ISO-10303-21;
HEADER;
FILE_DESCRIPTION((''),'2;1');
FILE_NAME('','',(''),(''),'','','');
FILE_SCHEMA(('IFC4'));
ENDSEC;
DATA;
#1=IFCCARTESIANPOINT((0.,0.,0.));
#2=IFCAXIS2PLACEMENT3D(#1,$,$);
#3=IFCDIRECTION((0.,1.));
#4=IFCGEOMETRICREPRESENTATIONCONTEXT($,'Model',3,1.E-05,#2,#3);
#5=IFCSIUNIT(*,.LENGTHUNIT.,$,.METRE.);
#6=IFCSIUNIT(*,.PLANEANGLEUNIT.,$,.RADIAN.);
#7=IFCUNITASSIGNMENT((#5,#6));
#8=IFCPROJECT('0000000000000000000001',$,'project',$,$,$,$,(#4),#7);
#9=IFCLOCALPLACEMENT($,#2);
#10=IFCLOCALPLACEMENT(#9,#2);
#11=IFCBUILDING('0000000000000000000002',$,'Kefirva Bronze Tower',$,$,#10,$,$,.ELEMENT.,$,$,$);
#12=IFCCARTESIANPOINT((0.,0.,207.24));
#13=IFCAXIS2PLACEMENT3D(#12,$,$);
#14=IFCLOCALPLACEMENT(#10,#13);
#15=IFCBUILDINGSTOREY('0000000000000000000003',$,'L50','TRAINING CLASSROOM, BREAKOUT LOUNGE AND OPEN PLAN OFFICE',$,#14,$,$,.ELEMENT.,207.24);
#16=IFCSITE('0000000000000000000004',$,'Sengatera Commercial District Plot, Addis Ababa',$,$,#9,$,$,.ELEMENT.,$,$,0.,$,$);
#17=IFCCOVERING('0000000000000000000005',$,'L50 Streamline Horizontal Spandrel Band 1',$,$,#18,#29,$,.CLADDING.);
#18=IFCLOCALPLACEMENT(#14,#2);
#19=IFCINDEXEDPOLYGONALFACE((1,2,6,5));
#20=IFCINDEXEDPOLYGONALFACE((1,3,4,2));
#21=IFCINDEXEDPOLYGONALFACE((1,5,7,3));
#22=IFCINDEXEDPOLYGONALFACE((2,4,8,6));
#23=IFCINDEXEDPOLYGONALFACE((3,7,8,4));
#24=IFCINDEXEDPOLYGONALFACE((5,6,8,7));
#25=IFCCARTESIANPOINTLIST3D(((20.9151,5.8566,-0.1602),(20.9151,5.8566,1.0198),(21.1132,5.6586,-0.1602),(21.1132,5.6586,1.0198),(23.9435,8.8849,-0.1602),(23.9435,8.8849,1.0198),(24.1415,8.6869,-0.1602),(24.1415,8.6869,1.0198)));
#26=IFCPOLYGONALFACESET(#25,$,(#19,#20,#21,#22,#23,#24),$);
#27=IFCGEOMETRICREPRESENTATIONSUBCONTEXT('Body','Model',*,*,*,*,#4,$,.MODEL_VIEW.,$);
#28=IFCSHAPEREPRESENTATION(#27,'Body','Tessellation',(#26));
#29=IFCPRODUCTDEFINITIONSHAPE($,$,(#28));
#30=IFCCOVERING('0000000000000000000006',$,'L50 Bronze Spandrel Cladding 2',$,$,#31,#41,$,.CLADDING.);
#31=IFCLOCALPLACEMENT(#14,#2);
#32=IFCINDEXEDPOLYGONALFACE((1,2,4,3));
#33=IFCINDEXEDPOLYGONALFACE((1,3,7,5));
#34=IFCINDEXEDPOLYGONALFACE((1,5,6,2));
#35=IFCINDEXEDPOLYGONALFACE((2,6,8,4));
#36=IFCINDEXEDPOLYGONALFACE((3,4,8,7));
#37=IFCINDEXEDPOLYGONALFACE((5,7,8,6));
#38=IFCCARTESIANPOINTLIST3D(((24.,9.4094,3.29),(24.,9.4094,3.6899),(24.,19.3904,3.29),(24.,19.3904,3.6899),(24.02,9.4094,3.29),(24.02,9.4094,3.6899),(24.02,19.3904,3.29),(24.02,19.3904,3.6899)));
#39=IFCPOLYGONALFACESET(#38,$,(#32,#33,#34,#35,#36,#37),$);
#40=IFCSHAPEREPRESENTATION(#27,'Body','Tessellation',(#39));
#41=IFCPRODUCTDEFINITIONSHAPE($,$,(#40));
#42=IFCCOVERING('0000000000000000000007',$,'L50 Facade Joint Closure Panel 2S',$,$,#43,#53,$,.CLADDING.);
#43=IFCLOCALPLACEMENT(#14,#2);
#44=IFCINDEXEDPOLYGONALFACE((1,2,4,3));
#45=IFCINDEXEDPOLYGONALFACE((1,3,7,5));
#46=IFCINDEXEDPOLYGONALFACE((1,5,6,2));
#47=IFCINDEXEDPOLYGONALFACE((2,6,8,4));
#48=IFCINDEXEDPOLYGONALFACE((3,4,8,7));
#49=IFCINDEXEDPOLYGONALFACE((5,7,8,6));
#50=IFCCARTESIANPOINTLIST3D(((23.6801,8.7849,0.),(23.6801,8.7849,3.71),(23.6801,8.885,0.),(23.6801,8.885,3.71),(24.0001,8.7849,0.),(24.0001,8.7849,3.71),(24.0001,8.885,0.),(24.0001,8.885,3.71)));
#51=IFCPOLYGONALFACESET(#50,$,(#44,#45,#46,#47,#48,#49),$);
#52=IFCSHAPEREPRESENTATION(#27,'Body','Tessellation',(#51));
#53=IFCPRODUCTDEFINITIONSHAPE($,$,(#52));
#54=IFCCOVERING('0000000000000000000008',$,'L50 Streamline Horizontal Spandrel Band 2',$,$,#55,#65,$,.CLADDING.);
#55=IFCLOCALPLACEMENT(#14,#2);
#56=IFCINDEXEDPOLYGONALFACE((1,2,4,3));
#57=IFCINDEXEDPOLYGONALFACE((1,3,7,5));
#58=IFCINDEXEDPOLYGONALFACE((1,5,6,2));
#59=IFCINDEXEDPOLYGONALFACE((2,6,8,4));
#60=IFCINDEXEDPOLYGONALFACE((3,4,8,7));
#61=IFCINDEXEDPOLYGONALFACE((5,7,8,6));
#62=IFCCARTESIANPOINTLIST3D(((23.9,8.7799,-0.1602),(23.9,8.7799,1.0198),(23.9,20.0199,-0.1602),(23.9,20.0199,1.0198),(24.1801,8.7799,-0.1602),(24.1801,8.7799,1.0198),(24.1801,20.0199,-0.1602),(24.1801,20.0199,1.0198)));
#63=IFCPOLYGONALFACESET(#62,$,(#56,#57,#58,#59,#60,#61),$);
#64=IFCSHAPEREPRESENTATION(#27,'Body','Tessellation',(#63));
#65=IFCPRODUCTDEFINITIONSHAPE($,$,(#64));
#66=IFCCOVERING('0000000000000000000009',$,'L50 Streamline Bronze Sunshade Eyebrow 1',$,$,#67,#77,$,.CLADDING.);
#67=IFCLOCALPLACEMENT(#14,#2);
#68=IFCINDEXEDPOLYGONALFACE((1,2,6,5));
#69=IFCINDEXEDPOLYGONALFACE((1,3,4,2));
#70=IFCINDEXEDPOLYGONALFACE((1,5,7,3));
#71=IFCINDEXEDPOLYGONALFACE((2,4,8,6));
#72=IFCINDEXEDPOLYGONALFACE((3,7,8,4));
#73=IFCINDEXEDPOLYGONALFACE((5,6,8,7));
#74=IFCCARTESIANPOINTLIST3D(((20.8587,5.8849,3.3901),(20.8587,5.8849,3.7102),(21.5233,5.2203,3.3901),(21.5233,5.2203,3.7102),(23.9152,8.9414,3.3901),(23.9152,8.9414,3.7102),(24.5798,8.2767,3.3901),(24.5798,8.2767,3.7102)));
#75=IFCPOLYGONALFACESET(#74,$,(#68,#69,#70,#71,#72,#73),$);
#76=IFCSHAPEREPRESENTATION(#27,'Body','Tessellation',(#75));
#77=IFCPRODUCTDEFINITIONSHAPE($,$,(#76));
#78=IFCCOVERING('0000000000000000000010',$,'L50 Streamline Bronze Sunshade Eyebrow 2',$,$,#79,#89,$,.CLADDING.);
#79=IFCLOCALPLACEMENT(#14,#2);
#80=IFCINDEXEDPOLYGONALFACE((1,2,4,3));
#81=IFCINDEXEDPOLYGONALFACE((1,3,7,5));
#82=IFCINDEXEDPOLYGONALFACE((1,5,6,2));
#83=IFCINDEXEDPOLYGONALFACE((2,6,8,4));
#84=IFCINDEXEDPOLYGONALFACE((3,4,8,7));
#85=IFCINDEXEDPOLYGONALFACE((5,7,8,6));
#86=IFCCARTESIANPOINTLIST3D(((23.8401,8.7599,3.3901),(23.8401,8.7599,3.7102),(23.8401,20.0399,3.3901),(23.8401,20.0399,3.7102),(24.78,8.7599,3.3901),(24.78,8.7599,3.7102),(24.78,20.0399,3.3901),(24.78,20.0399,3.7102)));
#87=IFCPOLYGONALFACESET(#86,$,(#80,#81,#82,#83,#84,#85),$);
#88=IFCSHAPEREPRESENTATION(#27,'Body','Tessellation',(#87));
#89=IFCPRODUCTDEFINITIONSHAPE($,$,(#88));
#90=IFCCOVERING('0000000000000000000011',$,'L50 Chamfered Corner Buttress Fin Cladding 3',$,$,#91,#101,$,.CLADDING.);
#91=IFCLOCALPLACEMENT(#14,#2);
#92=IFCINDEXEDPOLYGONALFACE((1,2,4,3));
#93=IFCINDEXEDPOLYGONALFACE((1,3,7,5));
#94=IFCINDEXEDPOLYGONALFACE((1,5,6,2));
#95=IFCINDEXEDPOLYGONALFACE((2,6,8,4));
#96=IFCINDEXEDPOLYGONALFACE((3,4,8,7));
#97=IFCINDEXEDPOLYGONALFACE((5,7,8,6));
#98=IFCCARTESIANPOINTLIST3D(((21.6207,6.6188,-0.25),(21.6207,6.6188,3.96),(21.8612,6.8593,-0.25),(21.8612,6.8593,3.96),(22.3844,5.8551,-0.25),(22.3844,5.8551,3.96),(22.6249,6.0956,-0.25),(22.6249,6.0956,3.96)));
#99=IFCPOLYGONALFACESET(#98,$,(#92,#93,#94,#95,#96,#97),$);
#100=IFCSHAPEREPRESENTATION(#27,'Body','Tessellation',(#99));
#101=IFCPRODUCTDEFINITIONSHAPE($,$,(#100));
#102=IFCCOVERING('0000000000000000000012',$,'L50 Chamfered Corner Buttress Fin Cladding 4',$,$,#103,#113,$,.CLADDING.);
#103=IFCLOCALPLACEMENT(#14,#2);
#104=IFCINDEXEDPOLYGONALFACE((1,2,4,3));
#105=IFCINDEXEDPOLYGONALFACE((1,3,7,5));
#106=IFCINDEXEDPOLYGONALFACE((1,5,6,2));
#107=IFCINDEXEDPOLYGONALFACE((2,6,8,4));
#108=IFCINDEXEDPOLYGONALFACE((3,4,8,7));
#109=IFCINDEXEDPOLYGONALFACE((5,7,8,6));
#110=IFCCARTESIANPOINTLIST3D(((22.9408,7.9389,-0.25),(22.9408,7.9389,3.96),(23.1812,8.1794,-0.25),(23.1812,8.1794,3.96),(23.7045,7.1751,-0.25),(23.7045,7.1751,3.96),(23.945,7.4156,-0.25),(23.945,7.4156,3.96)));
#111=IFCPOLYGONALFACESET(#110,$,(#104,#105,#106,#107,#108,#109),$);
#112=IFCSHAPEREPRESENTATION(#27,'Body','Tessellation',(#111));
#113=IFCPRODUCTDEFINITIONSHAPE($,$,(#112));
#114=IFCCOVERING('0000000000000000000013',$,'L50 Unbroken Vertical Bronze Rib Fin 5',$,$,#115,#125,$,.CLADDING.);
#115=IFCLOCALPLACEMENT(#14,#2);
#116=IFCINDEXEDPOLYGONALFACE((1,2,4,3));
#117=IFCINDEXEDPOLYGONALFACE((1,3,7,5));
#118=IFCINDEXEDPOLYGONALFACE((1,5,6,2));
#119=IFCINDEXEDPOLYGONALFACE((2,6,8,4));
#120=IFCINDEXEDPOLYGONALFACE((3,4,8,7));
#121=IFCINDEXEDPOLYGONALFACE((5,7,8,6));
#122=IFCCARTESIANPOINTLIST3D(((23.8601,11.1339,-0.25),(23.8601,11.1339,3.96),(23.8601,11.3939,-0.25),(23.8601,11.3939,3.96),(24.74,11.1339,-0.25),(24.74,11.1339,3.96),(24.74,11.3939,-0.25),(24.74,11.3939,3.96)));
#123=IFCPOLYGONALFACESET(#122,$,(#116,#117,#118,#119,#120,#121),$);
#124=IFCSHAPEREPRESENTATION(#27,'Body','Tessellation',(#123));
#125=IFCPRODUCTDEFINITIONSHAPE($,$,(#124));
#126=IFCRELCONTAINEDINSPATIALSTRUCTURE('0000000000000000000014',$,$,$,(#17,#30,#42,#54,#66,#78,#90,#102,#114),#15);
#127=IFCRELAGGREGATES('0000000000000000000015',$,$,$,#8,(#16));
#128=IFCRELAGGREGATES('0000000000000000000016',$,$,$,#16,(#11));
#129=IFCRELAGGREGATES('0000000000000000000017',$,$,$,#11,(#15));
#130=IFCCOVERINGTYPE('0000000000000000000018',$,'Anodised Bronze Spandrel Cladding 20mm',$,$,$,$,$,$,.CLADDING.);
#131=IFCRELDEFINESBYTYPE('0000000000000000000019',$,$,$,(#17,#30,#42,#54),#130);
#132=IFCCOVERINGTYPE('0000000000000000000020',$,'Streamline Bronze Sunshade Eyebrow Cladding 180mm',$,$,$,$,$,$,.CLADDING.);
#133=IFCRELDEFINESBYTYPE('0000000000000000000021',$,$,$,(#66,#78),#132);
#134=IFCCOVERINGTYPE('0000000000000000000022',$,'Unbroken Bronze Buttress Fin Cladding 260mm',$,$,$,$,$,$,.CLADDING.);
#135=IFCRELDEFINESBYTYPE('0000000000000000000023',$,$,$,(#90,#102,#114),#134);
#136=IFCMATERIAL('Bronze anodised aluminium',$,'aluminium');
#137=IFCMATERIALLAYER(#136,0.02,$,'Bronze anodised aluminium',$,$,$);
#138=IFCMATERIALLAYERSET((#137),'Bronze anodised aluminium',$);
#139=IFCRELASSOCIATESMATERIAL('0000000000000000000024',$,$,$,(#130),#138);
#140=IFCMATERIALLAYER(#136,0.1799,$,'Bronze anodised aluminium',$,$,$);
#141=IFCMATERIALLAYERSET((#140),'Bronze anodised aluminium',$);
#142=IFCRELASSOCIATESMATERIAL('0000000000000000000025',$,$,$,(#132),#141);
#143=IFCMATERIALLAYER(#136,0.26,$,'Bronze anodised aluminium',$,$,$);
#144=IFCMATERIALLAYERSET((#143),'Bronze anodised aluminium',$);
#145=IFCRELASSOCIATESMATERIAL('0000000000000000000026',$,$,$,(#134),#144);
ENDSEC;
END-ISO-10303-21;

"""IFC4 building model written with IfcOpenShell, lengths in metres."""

from ifc_helpers import new_model, si_unit, direction, frame, origin, origin_2d, place, context, subcontext, project, spatial, rectangle, extrude, material, layer, layer_set, type_object, element, save


model = new_model("IFC4")

# Units and contexts
model_context = context("Model", 3, precision=1e-05, world=origin(), true_north=direction((0.0, 1.0)))
body_context = subcontext(model_context, "Body", "Model", "MODEL_VIEW")
ifc_project = project(units=[si_unit("LENGTHUNIT", "METRE"), si_unit("PLANEANGLEUNIT", "RADIAN")], contexts=[model_context])

# Site, building, storey
site_placement = place(None, origin())
site = spatial("IfcSite", under=ifc_project, at=site_placement, Name="Sengatera Commercial District Plot, Addis Ababa", CompositionType="ELEMENT", RefElevation=0.0)
building_placement = place(site_placement, origin())
building = spatial("IfcBuilding", under=site, at=building_placement, Name="Kefirva Bronze Tower", CompositionType="ELEMENT")
storey_placement = place(building_placement, frame((0.0, 0.0, 207.24)))
storey = spatial("IfcBuildingStorey", under=building, at=storey_placement, Name="L50", Description="TRAINING CLASSROOM, BREAKOUT LOUNGE AND OPEN PLAN OFFICE", CompositionType="ELEMENT", Elevation=207.24)

# Shared definitions
ifc_material_1 = material(Name="Bronze anodised aluminium", Category="aluminium")

# Coverings
ifc_layer_1 = layer(ifc_material_1, 0.02, Name="Bronze anodised aluminium")
ifc_layer_set_1 = layer_set([ifc_layer_1], Name="Bronze anodised aluminium")
covering_type_1 = type_object("IfcCoveringType", Name="Anodised Bronze Spandrel Cladding 20mm", PredefinedType="CLADDING", material=ifc_layer_set_1)
covering_1_placement = place(storey_placement, frame((22.5283, 7.2717, -0.1602), z_axis=(0.0, 0.0, 1.0), x_axis=(0.707107, 0.707107, 0.0)))
element("IfcCovering", 1, at=covering_1_placement, inside=storey, type_object=covering_type_1, Name="L50 Streamline Horizontal Spandrel Band 1", PredefinedType="CLADDING", context=body_context, shape_type="SweptSolid", body=[
    extrude(rectangle(XDim=4.2827, YDim=0.28, at=origin_2d()), origin(), (0.0, 0.0, 1.0), 1.1799),
])
covering_2_placement = place(storey_placement, frame((24.01, 14.3999, 3.29), z_axis=(0.0, 0.0, 1.0), x_axis=(0.0, 1.0, 0.0)))
element("IfcCovering", 2, at=covering_2_placement, inside=storey, type_object=covering_type_1, Name="L50 Bronze Spandrel Cladding 2", PredefinedType="CLADDING", context=body_context, shape_type="SweptSolid", body=[
    extrude(rectangle(XDim=9.981, YDim=0.02, at=origin_2d()), origin(), (0.0, 0.0, 1.0), 0.3999),
])
covering_3_placement = place(storey_placement, frame((23.8401, 8.835, 0.0), z_axis=(0.0, 0.0, 1.0), x_axis=(0.0, 1.0, 0.0)))
element("IfcCovering", 3, at=covering_3_placement, inside=storey, type_object=covering_type_1, Name="L50 Facade Joint Closure Panel 2S", PredefinedType="CLADDING", context=body_context, shape_type="SweptSolid", body=[
    extrude(rectangle(XDim=0.1001, YDim=0.3201, at=origin_2d()), origin(), (0.0, 0.0, 1.0), 3.71),
])
covering_4_placement = place(storey_placement, frame((24.04, 14.3999, -0.1602), z_axis=(0.0, 0.0, 1.0), x_axis=(0.0, 1.0, 0.0)))
element("IfcCovering", 4, at=covering_4_placement, inside=storey, type_object=covering_type_1, Name="L50 Streamline Horizontal Spandrel Band 2", PredefinedType="CLADDING", context=body_context, shape_type="SweptSolid", body=[
    extrude(rectangle(XDim=11.24, YDim=0.28, at=origin_2d()), origin(), (0.0, 0.0, 1.0), 1.1799),
])
ifc_layer_2 = layer(ifc_material_1, 0.1799, Name="Bronze anodised aluminium")
ifc_layer_set_2 = layer_set([ifc_layer_2], Name="Bronze anodised aluminium")
covering_type_2 = type_object("IfcCoveringType", Name="Streamline Bronze Sunshade Eyebrow Cladding 180mm", PredefinedType="CLADDING", material=ifc_layer_set_2)
covering_5_placement = place(storey_placement, frame((22.7192, 7.0808, 3.3901), z_axis=(0.0, 0.0, 1.0), x_axis=(0.707107, 0.707107, 0.0)))
element("IfcCovering", 5, at=covering_5_placement, inside=storey, type_object=covering_type_2, Name="L50 Streamline Bronze Sunshade Eyebrow 1", PredefinedType="CLADDING", context=body_context, shape_type="SweptSolid", body=[
    extrude(rectangle(XDim=4.3225, YDim=0.9399, at=origin_2d()), origin(), (0.0, 0.0, 1.0), 0.3201),
])
covering_6_placement = place(storey_placement, frame((24.3101, 14.3999, 3.3901), z_axis=(0.0, 0.0, 1.0), x_axis=(0.0, 1.0, 0.0)))
element("IfcCovering", 6, at=covering_6_placement, inside=storey, type_object=covering_type_2, Name="L50 Streamline Bronze Sunshade Eyebrow 2", PredefinedType="CLADDING", context=body_context, shape_type="SweptSolid", body=[
    extrude(rectangle(XDim=11.28, YDim=0.9399, at=origin_2d()), origin(), (0.0, 0.0, 1.0), 0.3201),
])
ifc_layer_3 = layer(ifc_material_1, 0.26, Name="Bronze anodised aluminium")
ifc_layer_set_3 = layer_set([ifc_layer_3], Name="Bronze anodised aluminium")
covering_type_3 = type_object("IfcCoveringType", Name="Unbroken Bronze Buttress Fin Cladding 260mm", PredefinedType="CLADDING", material=ifc_layer_set_3)
for number, where, z_axis, x_axis, name in (
    (7, (22.1228, 6.3572, -0.25), (0.0, 0.0, 1.0), (0.707107, 0.707107, 0.0), "L50 Chamfered Corner Buttress Fin Cladding 3"),
    (8, (23.4429, 7.6772, -0.25), (0.0, 0.0, 1.0), (0.707107, 0.707107, 0.0), "L50 Chamfered Corner Buttress Fin Cladding 4"),
):
    element("IfcCovering", number, at=place(storey_placement, frame(where, z_axis=z_axis, x_axis=x_axis)), inside=storey, type_object=covering_type_3, Name=name, PredefinedType="CLADDING", context=body_context, shape_type="SweptSolid", body=[
        extrude(rectangle(XDim=0.3401, YDim=1.0801, at=origin_2d()), origin(), (0.0, 0.0, 1.0), 4.21),
    ])
covering_7_placement = place(storey_placement, frame((24.3, 11.2639, -0.25), z_axis=(0.0, 0.0, 1.0), x_axis=(0.0, 1.0, 0.0)))
element("IfcCovering", 9, at=covering_7_placement, inside=storey, type_object=covering_type_3, Name="L50 Unbroken Vertical Bronze Rib Fin 5", PredefinedType="CLADDING", context=body_context, shape_type="SweptSolid", body=[
    extrude(rectangle(XDim=0.26, YDim=0.8799, at=origin_2d()), origin(), (0.0, 0.0, 1.0), 4.21),
])

save(model, "model.ifc")
